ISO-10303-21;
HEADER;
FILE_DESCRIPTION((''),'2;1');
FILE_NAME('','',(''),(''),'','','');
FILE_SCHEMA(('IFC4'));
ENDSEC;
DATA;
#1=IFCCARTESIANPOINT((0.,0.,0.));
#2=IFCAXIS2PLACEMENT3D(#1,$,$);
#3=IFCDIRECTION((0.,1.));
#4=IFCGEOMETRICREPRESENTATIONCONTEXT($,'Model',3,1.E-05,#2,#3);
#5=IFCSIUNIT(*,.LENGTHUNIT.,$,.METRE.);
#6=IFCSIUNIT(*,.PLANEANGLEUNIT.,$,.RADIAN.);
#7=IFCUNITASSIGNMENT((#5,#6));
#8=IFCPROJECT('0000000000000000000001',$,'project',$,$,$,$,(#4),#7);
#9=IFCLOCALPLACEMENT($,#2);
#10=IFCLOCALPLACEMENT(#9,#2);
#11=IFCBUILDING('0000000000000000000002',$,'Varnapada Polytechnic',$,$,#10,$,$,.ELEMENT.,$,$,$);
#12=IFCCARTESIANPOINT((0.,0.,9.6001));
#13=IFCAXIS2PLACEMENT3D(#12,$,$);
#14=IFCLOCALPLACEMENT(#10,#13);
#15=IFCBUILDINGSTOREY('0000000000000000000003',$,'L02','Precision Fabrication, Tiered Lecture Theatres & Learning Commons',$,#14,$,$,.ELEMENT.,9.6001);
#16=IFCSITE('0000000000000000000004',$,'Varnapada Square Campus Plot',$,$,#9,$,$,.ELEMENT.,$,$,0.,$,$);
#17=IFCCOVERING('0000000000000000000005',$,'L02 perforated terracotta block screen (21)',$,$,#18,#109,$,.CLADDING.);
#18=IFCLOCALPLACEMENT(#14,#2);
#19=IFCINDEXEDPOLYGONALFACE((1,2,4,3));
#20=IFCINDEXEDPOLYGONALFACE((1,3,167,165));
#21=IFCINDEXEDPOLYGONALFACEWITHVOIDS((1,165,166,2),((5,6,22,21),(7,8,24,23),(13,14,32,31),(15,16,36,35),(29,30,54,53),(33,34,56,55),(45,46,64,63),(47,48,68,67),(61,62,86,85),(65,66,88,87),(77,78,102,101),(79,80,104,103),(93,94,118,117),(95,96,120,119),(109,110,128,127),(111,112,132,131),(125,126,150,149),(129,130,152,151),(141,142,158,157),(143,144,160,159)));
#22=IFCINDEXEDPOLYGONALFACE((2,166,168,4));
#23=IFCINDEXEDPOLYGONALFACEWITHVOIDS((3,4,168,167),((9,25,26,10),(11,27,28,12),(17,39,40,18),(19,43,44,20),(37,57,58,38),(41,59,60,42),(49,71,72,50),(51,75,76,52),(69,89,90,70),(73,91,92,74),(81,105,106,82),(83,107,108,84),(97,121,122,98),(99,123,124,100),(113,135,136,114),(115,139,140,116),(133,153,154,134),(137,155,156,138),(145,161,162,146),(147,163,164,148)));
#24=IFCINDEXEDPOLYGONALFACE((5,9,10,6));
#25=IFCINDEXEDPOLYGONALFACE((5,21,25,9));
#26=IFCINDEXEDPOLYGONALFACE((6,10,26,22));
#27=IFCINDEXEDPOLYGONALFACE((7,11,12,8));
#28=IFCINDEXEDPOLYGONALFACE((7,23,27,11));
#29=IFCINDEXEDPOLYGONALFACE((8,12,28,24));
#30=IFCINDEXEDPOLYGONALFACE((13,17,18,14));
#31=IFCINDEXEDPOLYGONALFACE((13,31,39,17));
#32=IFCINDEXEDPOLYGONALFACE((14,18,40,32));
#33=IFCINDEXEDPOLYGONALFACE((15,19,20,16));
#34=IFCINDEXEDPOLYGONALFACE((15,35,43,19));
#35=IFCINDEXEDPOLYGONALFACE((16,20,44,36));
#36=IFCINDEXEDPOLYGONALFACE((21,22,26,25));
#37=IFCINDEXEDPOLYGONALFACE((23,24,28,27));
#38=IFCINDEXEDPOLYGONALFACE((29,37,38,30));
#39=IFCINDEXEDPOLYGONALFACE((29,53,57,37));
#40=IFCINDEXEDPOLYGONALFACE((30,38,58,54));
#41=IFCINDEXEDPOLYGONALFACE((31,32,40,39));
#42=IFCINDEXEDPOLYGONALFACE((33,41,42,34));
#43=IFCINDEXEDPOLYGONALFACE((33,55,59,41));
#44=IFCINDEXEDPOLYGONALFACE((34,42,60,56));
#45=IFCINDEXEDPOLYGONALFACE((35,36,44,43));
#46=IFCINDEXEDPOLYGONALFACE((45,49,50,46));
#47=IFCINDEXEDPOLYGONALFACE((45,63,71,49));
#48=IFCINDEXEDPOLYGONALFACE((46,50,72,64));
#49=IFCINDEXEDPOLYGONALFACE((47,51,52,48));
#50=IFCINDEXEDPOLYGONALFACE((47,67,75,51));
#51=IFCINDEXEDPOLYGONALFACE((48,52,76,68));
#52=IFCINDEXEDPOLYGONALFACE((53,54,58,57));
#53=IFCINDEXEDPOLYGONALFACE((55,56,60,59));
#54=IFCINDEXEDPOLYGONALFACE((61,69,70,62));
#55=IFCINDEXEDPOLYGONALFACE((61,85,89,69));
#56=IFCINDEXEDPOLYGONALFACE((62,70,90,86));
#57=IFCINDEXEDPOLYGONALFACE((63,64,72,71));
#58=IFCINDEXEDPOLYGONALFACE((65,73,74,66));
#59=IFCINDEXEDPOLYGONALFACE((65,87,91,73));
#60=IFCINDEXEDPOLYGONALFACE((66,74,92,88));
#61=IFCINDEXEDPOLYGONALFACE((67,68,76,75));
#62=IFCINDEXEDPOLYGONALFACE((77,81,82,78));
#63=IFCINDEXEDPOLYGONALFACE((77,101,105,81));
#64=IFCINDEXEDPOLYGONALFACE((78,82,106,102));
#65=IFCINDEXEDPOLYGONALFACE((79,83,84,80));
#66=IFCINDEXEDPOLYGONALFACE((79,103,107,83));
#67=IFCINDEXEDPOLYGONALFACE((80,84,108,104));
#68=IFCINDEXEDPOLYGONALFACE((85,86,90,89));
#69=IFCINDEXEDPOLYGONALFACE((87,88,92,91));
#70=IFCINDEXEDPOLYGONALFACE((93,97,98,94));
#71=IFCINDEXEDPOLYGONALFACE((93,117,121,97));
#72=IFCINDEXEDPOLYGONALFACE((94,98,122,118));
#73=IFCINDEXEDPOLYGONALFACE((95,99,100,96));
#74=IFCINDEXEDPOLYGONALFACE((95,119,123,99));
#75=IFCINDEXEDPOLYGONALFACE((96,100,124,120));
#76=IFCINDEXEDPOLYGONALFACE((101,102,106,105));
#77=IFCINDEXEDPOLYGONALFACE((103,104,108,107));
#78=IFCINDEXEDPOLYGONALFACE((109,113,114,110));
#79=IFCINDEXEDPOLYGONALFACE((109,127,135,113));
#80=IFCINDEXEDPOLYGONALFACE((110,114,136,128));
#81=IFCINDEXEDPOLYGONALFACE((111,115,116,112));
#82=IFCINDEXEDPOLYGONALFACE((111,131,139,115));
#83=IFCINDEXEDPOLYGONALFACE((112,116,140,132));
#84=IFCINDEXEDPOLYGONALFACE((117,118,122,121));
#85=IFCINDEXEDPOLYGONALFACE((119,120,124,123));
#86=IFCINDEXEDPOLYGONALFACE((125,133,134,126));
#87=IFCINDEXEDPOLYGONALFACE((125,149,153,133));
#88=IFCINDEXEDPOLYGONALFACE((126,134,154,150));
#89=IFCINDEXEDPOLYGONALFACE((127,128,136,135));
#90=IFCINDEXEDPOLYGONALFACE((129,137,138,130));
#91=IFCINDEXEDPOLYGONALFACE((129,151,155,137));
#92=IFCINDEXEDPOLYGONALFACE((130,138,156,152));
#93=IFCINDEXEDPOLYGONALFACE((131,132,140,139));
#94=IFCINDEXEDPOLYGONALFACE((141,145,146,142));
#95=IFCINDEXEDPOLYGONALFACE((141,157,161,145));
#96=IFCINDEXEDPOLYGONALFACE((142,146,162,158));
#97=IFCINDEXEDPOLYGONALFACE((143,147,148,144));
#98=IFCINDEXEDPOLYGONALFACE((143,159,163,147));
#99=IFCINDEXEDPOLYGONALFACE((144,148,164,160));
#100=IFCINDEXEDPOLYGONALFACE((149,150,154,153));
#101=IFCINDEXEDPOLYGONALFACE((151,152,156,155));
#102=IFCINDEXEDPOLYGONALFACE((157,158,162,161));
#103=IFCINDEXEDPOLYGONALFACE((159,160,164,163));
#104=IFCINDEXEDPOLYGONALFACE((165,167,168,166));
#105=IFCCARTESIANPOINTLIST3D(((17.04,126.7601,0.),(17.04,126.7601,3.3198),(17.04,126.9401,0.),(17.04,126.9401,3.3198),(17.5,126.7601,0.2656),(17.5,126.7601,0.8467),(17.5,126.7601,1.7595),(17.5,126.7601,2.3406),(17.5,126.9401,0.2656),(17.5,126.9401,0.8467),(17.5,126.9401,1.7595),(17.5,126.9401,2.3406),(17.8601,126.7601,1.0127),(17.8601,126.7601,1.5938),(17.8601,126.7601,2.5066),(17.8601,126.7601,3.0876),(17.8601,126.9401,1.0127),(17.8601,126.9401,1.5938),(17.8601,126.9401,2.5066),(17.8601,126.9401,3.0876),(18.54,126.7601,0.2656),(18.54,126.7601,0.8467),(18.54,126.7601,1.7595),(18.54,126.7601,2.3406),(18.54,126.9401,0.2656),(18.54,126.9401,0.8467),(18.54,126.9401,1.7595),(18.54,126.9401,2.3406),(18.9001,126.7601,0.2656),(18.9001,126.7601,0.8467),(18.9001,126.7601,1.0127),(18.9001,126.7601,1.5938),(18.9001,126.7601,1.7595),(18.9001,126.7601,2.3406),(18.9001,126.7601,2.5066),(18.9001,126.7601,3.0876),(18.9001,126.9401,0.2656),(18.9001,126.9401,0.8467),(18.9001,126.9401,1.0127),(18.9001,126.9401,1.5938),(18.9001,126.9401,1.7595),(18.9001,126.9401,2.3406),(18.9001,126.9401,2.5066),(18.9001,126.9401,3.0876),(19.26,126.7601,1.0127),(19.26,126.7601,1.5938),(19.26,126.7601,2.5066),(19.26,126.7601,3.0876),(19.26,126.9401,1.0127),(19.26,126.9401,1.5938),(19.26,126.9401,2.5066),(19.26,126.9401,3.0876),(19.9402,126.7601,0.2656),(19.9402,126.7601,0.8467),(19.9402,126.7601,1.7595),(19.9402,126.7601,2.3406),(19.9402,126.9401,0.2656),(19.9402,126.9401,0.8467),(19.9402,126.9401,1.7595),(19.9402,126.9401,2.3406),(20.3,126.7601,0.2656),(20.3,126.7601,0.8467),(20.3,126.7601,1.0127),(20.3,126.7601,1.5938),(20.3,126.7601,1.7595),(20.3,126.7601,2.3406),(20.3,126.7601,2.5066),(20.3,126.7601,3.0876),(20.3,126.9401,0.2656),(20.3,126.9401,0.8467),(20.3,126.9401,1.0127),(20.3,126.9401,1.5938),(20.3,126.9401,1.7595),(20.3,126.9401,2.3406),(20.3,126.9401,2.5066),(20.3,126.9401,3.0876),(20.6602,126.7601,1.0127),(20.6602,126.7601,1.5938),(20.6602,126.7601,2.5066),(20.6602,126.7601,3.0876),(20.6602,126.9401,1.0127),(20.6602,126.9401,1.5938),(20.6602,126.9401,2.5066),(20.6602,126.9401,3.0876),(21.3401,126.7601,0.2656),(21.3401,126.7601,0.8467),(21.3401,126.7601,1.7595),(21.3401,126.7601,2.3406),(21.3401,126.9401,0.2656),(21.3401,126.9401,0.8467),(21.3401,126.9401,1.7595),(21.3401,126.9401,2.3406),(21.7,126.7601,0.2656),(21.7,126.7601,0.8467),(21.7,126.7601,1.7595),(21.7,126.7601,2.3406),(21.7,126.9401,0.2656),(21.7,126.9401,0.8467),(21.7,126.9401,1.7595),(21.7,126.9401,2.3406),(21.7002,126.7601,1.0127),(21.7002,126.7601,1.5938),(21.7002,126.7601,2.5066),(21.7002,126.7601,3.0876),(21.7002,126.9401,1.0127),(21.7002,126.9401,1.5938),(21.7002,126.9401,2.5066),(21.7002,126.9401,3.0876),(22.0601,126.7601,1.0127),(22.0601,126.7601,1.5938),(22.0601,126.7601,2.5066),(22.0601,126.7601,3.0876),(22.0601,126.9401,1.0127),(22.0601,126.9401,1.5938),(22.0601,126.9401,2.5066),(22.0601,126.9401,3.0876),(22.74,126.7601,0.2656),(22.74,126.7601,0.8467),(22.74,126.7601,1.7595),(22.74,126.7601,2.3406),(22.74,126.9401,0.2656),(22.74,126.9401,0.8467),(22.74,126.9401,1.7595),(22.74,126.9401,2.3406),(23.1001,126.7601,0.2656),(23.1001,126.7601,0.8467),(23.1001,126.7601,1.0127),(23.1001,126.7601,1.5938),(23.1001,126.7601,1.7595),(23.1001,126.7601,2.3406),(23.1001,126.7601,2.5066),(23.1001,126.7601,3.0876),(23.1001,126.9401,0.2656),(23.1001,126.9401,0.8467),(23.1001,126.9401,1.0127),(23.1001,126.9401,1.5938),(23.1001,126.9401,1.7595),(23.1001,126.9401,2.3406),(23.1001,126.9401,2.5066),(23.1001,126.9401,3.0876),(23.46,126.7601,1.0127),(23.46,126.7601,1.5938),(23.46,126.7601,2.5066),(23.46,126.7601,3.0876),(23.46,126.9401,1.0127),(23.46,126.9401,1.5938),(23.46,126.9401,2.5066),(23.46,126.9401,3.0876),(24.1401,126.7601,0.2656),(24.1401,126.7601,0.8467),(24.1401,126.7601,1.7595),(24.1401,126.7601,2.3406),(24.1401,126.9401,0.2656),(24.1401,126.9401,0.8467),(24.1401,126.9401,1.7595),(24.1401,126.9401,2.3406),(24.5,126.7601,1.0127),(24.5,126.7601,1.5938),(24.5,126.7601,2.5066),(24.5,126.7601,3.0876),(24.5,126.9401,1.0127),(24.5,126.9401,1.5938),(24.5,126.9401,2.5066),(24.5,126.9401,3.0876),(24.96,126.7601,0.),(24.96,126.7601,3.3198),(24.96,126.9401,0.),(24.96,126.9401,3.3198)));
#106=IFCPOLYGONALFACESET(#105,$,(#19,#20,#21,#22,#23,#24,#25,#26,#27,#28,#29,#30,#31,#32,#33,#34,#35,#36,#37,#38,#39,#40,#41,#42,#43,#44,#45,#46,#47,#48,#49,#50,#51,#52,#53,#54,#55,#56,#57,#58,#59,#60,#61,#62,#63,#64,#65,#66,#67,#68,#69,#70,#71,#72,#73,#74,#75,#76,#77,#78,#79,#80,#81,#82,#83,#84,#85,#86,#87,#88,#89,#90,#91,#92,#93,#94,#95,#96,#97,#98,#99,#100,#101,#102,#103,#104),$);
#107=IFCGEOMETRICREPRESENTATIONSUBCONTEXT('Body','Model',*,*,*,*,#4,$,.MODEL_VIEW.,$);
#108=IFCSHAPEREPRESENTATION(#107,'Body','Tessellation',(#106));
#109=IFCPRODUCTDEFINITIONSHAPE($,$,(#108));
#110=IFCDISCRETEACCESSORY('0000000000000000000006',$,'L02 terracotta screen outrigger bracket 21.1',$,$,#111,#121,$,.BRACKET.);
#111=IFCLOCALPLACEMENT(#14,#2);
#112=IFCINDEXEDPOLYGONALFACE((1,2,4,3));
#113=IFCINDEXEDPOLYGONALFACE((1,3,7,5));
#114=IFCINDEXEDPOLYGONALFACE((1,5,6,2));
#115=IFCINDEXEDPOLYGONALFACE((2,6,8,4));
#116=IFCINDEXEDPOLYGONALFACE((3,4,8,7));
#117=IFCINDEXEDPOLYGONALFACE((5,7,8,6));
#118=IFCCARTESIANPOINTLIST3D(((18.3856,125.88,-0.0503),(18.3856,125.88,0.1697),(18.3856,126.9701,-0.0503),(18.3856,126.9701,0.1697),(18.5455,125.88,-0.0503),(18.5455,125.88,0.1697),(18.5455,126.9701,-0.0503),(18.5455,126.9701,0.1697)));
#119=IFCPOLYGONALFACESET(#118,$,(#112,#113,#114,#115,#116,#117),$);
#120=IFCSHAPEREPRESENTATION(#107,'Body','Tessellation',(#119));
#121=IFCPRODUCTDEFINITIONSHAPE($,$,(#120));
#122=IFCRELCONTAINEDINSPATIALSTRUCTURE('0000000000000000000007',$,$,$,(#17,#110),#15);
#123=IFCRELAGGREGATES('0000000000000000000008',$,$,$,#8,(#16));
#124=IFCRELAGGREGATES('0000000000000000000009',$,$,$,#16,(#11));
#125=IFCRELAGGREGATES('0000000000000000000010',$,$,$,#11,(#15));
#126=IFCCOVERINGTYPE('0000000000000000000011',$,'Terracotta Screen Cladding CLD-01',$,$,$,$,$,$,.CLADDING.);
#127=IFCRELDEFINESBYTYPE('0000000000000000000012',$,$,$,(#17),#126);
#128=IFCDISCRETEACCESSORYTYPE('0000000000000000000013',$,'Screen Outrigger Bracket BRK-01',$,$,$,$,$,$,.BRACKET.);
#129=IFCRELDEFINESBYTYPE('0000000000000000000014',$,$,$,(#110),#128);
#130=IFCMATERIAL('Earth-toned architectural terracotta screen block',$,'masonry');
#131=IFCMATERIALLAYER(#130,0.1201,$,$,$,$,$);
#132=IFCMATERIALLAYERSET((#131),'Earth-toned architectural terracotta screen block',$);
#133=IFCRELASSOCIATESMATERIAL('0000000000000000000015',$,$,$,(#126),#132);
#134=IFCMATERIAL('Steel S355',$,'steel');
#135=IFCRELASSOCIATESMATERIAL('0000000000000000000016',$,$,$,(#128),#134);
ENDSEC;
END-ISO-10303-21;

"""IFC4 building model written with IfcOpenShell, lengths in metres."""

from ifc_helpers import new_model, si_unit, direction, frame, frame_2d, origin, origin_2d, place, context, subcontext, project, spatial, rectangle, extrude, material, layer, layer_set, type_object, element, save


model = new_model("IFC4")

# Units and contexts
model_context = context("Model", 3, precision=1e-05, world=origin(), true_north=direction((0.0, 1.0)))
body_context = subcontext(model_context, "Body", "Model", "MODEL_VIEW")
ifc_project = project(units=[si_unit("LENGTHUNIT", "METRE"), si_unit("PLANEANGLEUNIT", "RADIAN")], contexts=[model_context])

# Site, building, storey
site_placement = place(None, origin())
site = spatial("IfcSite", under=ifc_project, at=site_placement, Name="Varnapada Square Campus Plot", CompositionType="ELEMENT", RefElevation=0.0)
building_placement = place(site_placement, origin())
building = spatial("IfcBuilding", under=site, at=building_placement, Name="Varnapada Polytechnic", CompositionType="ELEMENT")
storey_placement = place(building_placement, frame((0.0, 0.0, 9.6001)))
storey = spatial("IfcBuildingStorey", under=building, at=storey_placement, Name="L02", Description="Precision Fabrication, Tiered Lecture Theatres & Learning Commons", CompositionType="ELEMENT", Elevation=9.6001)

# Covering, openings
ifc_material_1 = material(Name="Earth-toned architectural terracotta screen block", Category="masonry")
ifc_layer_1 = layer(ifc_material_1, 0.1201)
ifc_layer_set_1 = layer_set([ifc_layer_1], Name="Earth-toned architectural terracotta screen block")
covering_type = type_object("IfcCoveringType", Name="Terracotta Screen Cladding CLD-01", PredefinedType="CLADDING", material=ifc_layer_set_1)
covering_placement = place(storey_placement, frame((17.04, 126.8501, 0.0), z_axis=(0.0, 0.0, 1.0), x_axis=(1.0, 0.0, 0.0)))
covering = element("IfcCovering", 1, at=covering_placement, inside=storey, type_object=covering_type, Name="L02 perforated terracotta block screen (21)", PredefinedType="CLADDING", context=body_context, shape_type="SweptSolid", body=[
    extrude(rectangle(XDim=7.9199, YDim=0.1799, at=frame_2d((3.96, 0.0))), origin(), (0.0, 0.0, 1.0), 3.3198),
])
opening_1_placement = place(covering_placement, frame((0.46, 0.0, 0.2656)))
element("IfcOpeningElement", 2, at=opening_1_placement, cuts=covering, PredefinedType="OPENING", context=body_context, shape_type="SweptSolid", body=[
    extrude(rectangle(XDim=1.04, YDim=0.5811, at=frame_2d((0.52, 0.2905))), frame((0.0, 0.0999, 0.0), z_axis=(0.0, -1.0, 0.0), x_axis=(1.0, 0.0, 0.0)), (0.0, 0.0, 1.0), 0.2),
])
opening_2_placement = place(covering_placement, frame((1.8601, 0.0, 0.2656)))
element("IfcOpeningElement", 3, at=opening_2_placement, cuts=covering, PredefinedType="OPENING", context=body_context, shape_type="SweptSolid", body=[
    extrude(rectangle(XDim=1.04, YDim=0.5811, at=frame_2d((0.52, 0.2905))), frame((0.0, 0.0999, 0.0), z_axis=(0.0, -1.0, 0.0), x_axis=(1.0, 0.0, 0.0)), (0.0, 0.0, 1.0), 0.2),
])
opening_3_placement = place(covering_placement, frame((3.26, 0.0, 0.2656)))
element("IfcOpeningElement", 4, at=opening_3_placement, cuts=covering, PredefinedType="OPENING", context=body_context, shape_type="SweptSolid", body=[
    extrude(rectangle(XDim=1.04, YDim=0.5811, at=frame_2d((0.52, 0.2905))), frame((0.0, 0.0999, 0.0), z_axis=(0.0, -1.0, 0.0), x_axis=(1.0, 0.0, 0.0)), (0.0, 0.0, 1.0), 0.2),
])
opening_4_placement = place(covering_placement, frame((4.6599, 0.0, 0.2656)))
element("IfcOpeningElement", 5, at=opening_4_placement, cuts=covering, PredefinedType="OPENING", context=body_context, shape_type="SweptSolid", body=[
    extrude(rectangle(XDim=1.04, YDim=0.5811, at=frame_2d((0.52, 0.2905))), frame((0.0, 0.0999, 0.0), z_axis=(0.0, -1.0, 0.0), x_axis=(1.0, 0.0, 0.0)), (0.0, 0.0, 1.0), 0.2),
])
opening_5_placement = place(covering_placement, frame((6.0601, 0.0, 0.2656)))
element("IfcOpeningElement", 6, at=opening_5_placement, cuts=covering, PredefinedType="OPENING", context=body_context, shape_type="SweptSolid", body=[
    extrude(rectangle(XDim=1.04, YDim=0.5811, at=frame_2d((0.52, 0.2905))), frame((0.0, 0.0999, 0.0), z_axis=(0.0, -1.0, 0.0), x_axis=(1.0, 0.0, 0.0)), (0.0, 0.0, 1.0), 0.2),
])
opening_6_placement = place(covering_placement, frame((0.8201, 0.0, 1.0127)))
element("IfcOpeningElement", 7, at=opening_6_placement, cuts=covering, PredefinedType="OPENING", context=body_context, shape_type="SweptSolid", body=[
    extrude(rectangle(XDim=1.04, YDim=0.5811, at=frame_2d((0.52, 0.2905))), frame((0.0, 0.0999, 0.0), z_axis=(0.0, -1.0, 0.0), x_axis=(1.0, 0.0, 0.0)), (0.0, 0.0, 1.0), 0.2),
])
opening_7_placement = place(covering_placement, frame((2.22, 0.0, 1.0127)))
element("IfcOpeningElement", 8, at=opening_7_placement, cuts=covering, PredefinedType="OPENING", context=body_context, shape_type="SweptSolid", body=[
    extrude(rectangle(XDim=1.04, YDim=0.5811, at=frame_2d((0.52, 0.2905))), frame((0.0, 0.0999, 0.0), z_axis=(0.0, -1.0, 0.0), x_axis=(1.0, 0.0, 0.0)), (0.0, 0.0, 1.0), 0.2),
])
opening_8_placement = place(covering_placement, frame((3.6201, 0.0, 1.0127)))
element("IfcOpeningElement", 9, at=opening_8_placement, cuts=covering, PredefinedType="OPENING", context=body_context, shape_type="SweptSolid", body=[
    extrude(rectangle(XDim=1.04, YDim=0.5811, at=frame_2d((0.52, 0.2905))), frame((0.0, 0.0999, 0.0), z_axis=(0.0, -1.0, 0.0), x_axis=(1.0, 0.0, 0.0)), (0.0, 0.0, 1.0), 0.2),
])
opening_9_placement = place(covering_placement, frame((5.02, 0.0, 1.0127)))
element("IfcOpeningElement", 10, at=opening_9_placement, cuts=covering, PredefinedType="OPENING", context=body_context, shape_type="SweptSolid", body=[
    extrude(rectangle(XDim=1.04, YDim=0.5811, at=frame_2d((0.52, 0.2905))), frame((0.0, 0.0999, 0.0), z_axis=(0.0, -1.0, 0.0), x_axis=(1.0, 0.0, 0.0)), (0.0, 0.0, 1.0), 0.2),
])
opening_10_placement = place(covering_placement, frame((6.4199, 0.0, 1.0127)))
element("IfcOpeningElement", 11, at=opening_10_placement, cuts=covering, PredefinedType="OPENING", context=body_context, shape_type="SweptSolid", body=[
    extrude(rectangle(XDim=1.04, YDim=0.5811, at=frame_2d((0.52, 0.2905))), frame((0.0, 0.0999, 0.0), z_axis=(0.0, -1.0, 0.0), x_axis=(1.0, 0.0, 0.0)), (0.0, 0.0, 1.0), 0.2),
])
opening_11_placement = place(covering_placement, frame((0.46, 0.0, 1.7595)))
element("IfcOpeningElement", 12, at=opening_11_placement, cuts=covering, PredefinedType="OPENING", context=body_context, shape_type="SweptSolid", body=[
    extrude(rectangle(XDim=1.04, YDim=0.5811, at=frame_2d((0.52, 0.2905))), frame((0.0, 0.0999, 0.0), z_axis=(0.0, -1.0, 0.0), x_axis=(1.0, 0.0, 0.0)), (0.0, 0.0, 1.0), 0.2),
])
opening_12_placement = place(covering_placement, frame((1.8601, 0.0, 1.7595)))
element("IfcOpeningElement", 13, at=opening_12_placement, cuts=covering, PredefinedType="OPENING", context=body_context, shape_type="SweptSolid", body=[
    extrude(rectangle(XDim=1.04, YDim=0.5811, at=frame_2d((0.52, 0.2905))), frame((0.0, 0.0999, 0.0), z_axis=(0.0, -1.0, 0.0), x_axis=(1.0, 0.0, 0.0)), (0.0, 0.0, 1.0), 0.2),
])
opening_13_placement = place(covering_placement, frame((3.26, 0.0, 1.7595)))
element("IfcOpeningElement", 14, at=opening_13_placement, cuts=covering, PredefinedType="OPENING", context=body_context, shape_type="SweptSolid", body=[
    extrude(rectangle(XDim=1.04, YDim=0.5811, at=frame_2d((0.52, 0.2905))), frame((0.0, 0.0999, 0.0), z_axis=(0.0, -1.0, 0.0), x_axis=(1.0, 0.0, 0.0)), (0.0, 0.0, 1.0), 0.2),
])
opening_14_placement = place(covering_placement, frame((4.6599, 0.0, 1.7595)))
element("IfcOpeningElement", 15, at=opening_14_placement, cuts=covering, PredefinedType="OPENING", context=body_context, shape_type="SweptSolid", body=[
    extrude(rectangle(XDim=1.04, YDim=0.5811, at=frame_2d((0.52, 0.2905))), frame((0.0, 0.0999, 0.0), z_axis=(0.0, -1.0, 0.0), x_axis=(1.0, 0.0, 0.0)), (0.0, 0.0, 1.0), 0.2),
])
opening_15_placement = place(covering_placement, frame((6.0601, 0.0, 1.7595)))
element("IfcOpeningElement", 16, at=opening_15_placement, cuts=covering, PredefinedType="OPENING", context=body_context, shape_type="SweptSolid", body=[
    extrude(rectangle(XDim=1.04, YDim=0.5811, at=frame_2d((0.52, 0.2905))), frame((0.0, 0.0999, 0.0), z_axis=(0.0, -1.0, 0.0), x_axis=(1.0, 0.0, 0.0)), (0.0, 0.0, 1.0), 0.2),
])
opening_16_placement = place(covering_placement, frame((0.8201, 0.0, 2.5066)))
element("IfcOpeningElement", 17, at=opening_16_placement, cuts=covering, PredefinedType="OPENING", context=body_context, shape_type="SweptSolid", body=[
    extrude(rectangle(XDim=1.04, YDim=0.5811, at=frame_2d((0.52, 0.2905))), frame((0.0, 0.0999, 0.0), z_axis=(0.0, -1.0, 0.0), x_axis=(1.0, 0.0, 0.0)), (0.0, 0.0, 1.0), 0.2),
])
opening_17_placement = place(covering_placement, frame((2.22, 0.0, 2.5066)))
element("IfcOpeningElement", 18, at=opening_17_placement, cuts=covering, PredefinedType="OPENING", context=body_context, shape_type="SweptSolid", body=[
    extrude(rectangle(XDim=1.04, YDim=0.5811, at=frame_2d((0.52, 0.2905))), frame((0.0, 0.0999, 0.0), z_axis=(0.0, -1.0, 0.0), x_axis=(1.0, 0.0, 0.0)), (0.0, 0.0, 1.0), 0.2),
])
opening_18_placement = place(covering_placement, frame((3.6201, 0.0, 2.5066)))
element("IfcOpeningElement", 19, at=opening_18_placement, cuts=covering, PredefinedType="OPENING", context=body_context, shape_type="SweptSolid", body=[
    extrude(rectangle(XDim=1.04, YDim=0.5811, at=frame_2d((0.52, 0.2905))), frame((0.0, 0.0999, 0.0), z_axis=(0.0, -1.0, 0.0), x_axis=(1.0, 0.0, 0.0)), (0.0, 0.0, 1.0), 0.2),
])
opening_19_placement = place(covering_placement, frame((5.02, 0.0, 2.5066)))
element("IfcOpeningElement", 20, at=opening_19_placement, cuts=covering, PredefinedType="OPENING", context=body_context, shape_type="SweptSolid", body=[
    extrude(rectangle(XDim=1.04, YDim=0.5811, at=frame_2d((0.52, 0.2905))), frame((0.0, 0.0999, 0.0), z_axis=(0.0, -1.0, 0.0), x_axis=(1.0, 0.0, 0.0)), (0.0, 0.0, 1.0), 0.2),
])
opening_20_placement = place(covering_placement, frame((6.4199, 0.0, 2.5066)))
element("IfcOpeningElement", 21, at=opening_20_placement, cuts=covering, PredefinedType="OPENING", context=body_context, shape_type="SweptSolid", body=[
    extrude(rectangle(XDim=1.04, YDim=0.5811, at=frame_2d((0.52, 0.2905))), frame((0.0, 0.0999, 0.0), z_axis=(0.0, -1.0, 0.0), x_axis=(1.0, 0.0, 0.0)), (0.0, 0.0, 1.0), 0.2),
])

# Discrete accessory
ifc_material_2 = material(Name="Steel S355", Category="steel")
discrete_accessory_type = type_object("IfcDiscreteAccessoryType", Name="Screen Outrigger Bracket BRK-01", PredefinedType="BRACKET", material=ifc_material_2)
discrete_accessory_placement = place(storey_placement, frame((18.4656, 126.425, -0.0503), z_axis=(0.0, 0.0, 1.0), x_axis=(1.0, 0.0, 0.0)))
element("IfcDiscreteAccessory", 22, at=discrete_accessory_placement, inside=storey, type_object=discrete_accessory_type, Name="L02 terracotta screen outrigger bracket 21.1", PredefinedType="BRACKET", context=body_context, shape_type="SweptSolid", body=[
    extrude(rectangle(XDim=0.1599, YDim=1.0901, at=origin_2d()), origin(), (0.0, 0.0, 1.0), 0.22),
])

save(model, "model.ifc")
